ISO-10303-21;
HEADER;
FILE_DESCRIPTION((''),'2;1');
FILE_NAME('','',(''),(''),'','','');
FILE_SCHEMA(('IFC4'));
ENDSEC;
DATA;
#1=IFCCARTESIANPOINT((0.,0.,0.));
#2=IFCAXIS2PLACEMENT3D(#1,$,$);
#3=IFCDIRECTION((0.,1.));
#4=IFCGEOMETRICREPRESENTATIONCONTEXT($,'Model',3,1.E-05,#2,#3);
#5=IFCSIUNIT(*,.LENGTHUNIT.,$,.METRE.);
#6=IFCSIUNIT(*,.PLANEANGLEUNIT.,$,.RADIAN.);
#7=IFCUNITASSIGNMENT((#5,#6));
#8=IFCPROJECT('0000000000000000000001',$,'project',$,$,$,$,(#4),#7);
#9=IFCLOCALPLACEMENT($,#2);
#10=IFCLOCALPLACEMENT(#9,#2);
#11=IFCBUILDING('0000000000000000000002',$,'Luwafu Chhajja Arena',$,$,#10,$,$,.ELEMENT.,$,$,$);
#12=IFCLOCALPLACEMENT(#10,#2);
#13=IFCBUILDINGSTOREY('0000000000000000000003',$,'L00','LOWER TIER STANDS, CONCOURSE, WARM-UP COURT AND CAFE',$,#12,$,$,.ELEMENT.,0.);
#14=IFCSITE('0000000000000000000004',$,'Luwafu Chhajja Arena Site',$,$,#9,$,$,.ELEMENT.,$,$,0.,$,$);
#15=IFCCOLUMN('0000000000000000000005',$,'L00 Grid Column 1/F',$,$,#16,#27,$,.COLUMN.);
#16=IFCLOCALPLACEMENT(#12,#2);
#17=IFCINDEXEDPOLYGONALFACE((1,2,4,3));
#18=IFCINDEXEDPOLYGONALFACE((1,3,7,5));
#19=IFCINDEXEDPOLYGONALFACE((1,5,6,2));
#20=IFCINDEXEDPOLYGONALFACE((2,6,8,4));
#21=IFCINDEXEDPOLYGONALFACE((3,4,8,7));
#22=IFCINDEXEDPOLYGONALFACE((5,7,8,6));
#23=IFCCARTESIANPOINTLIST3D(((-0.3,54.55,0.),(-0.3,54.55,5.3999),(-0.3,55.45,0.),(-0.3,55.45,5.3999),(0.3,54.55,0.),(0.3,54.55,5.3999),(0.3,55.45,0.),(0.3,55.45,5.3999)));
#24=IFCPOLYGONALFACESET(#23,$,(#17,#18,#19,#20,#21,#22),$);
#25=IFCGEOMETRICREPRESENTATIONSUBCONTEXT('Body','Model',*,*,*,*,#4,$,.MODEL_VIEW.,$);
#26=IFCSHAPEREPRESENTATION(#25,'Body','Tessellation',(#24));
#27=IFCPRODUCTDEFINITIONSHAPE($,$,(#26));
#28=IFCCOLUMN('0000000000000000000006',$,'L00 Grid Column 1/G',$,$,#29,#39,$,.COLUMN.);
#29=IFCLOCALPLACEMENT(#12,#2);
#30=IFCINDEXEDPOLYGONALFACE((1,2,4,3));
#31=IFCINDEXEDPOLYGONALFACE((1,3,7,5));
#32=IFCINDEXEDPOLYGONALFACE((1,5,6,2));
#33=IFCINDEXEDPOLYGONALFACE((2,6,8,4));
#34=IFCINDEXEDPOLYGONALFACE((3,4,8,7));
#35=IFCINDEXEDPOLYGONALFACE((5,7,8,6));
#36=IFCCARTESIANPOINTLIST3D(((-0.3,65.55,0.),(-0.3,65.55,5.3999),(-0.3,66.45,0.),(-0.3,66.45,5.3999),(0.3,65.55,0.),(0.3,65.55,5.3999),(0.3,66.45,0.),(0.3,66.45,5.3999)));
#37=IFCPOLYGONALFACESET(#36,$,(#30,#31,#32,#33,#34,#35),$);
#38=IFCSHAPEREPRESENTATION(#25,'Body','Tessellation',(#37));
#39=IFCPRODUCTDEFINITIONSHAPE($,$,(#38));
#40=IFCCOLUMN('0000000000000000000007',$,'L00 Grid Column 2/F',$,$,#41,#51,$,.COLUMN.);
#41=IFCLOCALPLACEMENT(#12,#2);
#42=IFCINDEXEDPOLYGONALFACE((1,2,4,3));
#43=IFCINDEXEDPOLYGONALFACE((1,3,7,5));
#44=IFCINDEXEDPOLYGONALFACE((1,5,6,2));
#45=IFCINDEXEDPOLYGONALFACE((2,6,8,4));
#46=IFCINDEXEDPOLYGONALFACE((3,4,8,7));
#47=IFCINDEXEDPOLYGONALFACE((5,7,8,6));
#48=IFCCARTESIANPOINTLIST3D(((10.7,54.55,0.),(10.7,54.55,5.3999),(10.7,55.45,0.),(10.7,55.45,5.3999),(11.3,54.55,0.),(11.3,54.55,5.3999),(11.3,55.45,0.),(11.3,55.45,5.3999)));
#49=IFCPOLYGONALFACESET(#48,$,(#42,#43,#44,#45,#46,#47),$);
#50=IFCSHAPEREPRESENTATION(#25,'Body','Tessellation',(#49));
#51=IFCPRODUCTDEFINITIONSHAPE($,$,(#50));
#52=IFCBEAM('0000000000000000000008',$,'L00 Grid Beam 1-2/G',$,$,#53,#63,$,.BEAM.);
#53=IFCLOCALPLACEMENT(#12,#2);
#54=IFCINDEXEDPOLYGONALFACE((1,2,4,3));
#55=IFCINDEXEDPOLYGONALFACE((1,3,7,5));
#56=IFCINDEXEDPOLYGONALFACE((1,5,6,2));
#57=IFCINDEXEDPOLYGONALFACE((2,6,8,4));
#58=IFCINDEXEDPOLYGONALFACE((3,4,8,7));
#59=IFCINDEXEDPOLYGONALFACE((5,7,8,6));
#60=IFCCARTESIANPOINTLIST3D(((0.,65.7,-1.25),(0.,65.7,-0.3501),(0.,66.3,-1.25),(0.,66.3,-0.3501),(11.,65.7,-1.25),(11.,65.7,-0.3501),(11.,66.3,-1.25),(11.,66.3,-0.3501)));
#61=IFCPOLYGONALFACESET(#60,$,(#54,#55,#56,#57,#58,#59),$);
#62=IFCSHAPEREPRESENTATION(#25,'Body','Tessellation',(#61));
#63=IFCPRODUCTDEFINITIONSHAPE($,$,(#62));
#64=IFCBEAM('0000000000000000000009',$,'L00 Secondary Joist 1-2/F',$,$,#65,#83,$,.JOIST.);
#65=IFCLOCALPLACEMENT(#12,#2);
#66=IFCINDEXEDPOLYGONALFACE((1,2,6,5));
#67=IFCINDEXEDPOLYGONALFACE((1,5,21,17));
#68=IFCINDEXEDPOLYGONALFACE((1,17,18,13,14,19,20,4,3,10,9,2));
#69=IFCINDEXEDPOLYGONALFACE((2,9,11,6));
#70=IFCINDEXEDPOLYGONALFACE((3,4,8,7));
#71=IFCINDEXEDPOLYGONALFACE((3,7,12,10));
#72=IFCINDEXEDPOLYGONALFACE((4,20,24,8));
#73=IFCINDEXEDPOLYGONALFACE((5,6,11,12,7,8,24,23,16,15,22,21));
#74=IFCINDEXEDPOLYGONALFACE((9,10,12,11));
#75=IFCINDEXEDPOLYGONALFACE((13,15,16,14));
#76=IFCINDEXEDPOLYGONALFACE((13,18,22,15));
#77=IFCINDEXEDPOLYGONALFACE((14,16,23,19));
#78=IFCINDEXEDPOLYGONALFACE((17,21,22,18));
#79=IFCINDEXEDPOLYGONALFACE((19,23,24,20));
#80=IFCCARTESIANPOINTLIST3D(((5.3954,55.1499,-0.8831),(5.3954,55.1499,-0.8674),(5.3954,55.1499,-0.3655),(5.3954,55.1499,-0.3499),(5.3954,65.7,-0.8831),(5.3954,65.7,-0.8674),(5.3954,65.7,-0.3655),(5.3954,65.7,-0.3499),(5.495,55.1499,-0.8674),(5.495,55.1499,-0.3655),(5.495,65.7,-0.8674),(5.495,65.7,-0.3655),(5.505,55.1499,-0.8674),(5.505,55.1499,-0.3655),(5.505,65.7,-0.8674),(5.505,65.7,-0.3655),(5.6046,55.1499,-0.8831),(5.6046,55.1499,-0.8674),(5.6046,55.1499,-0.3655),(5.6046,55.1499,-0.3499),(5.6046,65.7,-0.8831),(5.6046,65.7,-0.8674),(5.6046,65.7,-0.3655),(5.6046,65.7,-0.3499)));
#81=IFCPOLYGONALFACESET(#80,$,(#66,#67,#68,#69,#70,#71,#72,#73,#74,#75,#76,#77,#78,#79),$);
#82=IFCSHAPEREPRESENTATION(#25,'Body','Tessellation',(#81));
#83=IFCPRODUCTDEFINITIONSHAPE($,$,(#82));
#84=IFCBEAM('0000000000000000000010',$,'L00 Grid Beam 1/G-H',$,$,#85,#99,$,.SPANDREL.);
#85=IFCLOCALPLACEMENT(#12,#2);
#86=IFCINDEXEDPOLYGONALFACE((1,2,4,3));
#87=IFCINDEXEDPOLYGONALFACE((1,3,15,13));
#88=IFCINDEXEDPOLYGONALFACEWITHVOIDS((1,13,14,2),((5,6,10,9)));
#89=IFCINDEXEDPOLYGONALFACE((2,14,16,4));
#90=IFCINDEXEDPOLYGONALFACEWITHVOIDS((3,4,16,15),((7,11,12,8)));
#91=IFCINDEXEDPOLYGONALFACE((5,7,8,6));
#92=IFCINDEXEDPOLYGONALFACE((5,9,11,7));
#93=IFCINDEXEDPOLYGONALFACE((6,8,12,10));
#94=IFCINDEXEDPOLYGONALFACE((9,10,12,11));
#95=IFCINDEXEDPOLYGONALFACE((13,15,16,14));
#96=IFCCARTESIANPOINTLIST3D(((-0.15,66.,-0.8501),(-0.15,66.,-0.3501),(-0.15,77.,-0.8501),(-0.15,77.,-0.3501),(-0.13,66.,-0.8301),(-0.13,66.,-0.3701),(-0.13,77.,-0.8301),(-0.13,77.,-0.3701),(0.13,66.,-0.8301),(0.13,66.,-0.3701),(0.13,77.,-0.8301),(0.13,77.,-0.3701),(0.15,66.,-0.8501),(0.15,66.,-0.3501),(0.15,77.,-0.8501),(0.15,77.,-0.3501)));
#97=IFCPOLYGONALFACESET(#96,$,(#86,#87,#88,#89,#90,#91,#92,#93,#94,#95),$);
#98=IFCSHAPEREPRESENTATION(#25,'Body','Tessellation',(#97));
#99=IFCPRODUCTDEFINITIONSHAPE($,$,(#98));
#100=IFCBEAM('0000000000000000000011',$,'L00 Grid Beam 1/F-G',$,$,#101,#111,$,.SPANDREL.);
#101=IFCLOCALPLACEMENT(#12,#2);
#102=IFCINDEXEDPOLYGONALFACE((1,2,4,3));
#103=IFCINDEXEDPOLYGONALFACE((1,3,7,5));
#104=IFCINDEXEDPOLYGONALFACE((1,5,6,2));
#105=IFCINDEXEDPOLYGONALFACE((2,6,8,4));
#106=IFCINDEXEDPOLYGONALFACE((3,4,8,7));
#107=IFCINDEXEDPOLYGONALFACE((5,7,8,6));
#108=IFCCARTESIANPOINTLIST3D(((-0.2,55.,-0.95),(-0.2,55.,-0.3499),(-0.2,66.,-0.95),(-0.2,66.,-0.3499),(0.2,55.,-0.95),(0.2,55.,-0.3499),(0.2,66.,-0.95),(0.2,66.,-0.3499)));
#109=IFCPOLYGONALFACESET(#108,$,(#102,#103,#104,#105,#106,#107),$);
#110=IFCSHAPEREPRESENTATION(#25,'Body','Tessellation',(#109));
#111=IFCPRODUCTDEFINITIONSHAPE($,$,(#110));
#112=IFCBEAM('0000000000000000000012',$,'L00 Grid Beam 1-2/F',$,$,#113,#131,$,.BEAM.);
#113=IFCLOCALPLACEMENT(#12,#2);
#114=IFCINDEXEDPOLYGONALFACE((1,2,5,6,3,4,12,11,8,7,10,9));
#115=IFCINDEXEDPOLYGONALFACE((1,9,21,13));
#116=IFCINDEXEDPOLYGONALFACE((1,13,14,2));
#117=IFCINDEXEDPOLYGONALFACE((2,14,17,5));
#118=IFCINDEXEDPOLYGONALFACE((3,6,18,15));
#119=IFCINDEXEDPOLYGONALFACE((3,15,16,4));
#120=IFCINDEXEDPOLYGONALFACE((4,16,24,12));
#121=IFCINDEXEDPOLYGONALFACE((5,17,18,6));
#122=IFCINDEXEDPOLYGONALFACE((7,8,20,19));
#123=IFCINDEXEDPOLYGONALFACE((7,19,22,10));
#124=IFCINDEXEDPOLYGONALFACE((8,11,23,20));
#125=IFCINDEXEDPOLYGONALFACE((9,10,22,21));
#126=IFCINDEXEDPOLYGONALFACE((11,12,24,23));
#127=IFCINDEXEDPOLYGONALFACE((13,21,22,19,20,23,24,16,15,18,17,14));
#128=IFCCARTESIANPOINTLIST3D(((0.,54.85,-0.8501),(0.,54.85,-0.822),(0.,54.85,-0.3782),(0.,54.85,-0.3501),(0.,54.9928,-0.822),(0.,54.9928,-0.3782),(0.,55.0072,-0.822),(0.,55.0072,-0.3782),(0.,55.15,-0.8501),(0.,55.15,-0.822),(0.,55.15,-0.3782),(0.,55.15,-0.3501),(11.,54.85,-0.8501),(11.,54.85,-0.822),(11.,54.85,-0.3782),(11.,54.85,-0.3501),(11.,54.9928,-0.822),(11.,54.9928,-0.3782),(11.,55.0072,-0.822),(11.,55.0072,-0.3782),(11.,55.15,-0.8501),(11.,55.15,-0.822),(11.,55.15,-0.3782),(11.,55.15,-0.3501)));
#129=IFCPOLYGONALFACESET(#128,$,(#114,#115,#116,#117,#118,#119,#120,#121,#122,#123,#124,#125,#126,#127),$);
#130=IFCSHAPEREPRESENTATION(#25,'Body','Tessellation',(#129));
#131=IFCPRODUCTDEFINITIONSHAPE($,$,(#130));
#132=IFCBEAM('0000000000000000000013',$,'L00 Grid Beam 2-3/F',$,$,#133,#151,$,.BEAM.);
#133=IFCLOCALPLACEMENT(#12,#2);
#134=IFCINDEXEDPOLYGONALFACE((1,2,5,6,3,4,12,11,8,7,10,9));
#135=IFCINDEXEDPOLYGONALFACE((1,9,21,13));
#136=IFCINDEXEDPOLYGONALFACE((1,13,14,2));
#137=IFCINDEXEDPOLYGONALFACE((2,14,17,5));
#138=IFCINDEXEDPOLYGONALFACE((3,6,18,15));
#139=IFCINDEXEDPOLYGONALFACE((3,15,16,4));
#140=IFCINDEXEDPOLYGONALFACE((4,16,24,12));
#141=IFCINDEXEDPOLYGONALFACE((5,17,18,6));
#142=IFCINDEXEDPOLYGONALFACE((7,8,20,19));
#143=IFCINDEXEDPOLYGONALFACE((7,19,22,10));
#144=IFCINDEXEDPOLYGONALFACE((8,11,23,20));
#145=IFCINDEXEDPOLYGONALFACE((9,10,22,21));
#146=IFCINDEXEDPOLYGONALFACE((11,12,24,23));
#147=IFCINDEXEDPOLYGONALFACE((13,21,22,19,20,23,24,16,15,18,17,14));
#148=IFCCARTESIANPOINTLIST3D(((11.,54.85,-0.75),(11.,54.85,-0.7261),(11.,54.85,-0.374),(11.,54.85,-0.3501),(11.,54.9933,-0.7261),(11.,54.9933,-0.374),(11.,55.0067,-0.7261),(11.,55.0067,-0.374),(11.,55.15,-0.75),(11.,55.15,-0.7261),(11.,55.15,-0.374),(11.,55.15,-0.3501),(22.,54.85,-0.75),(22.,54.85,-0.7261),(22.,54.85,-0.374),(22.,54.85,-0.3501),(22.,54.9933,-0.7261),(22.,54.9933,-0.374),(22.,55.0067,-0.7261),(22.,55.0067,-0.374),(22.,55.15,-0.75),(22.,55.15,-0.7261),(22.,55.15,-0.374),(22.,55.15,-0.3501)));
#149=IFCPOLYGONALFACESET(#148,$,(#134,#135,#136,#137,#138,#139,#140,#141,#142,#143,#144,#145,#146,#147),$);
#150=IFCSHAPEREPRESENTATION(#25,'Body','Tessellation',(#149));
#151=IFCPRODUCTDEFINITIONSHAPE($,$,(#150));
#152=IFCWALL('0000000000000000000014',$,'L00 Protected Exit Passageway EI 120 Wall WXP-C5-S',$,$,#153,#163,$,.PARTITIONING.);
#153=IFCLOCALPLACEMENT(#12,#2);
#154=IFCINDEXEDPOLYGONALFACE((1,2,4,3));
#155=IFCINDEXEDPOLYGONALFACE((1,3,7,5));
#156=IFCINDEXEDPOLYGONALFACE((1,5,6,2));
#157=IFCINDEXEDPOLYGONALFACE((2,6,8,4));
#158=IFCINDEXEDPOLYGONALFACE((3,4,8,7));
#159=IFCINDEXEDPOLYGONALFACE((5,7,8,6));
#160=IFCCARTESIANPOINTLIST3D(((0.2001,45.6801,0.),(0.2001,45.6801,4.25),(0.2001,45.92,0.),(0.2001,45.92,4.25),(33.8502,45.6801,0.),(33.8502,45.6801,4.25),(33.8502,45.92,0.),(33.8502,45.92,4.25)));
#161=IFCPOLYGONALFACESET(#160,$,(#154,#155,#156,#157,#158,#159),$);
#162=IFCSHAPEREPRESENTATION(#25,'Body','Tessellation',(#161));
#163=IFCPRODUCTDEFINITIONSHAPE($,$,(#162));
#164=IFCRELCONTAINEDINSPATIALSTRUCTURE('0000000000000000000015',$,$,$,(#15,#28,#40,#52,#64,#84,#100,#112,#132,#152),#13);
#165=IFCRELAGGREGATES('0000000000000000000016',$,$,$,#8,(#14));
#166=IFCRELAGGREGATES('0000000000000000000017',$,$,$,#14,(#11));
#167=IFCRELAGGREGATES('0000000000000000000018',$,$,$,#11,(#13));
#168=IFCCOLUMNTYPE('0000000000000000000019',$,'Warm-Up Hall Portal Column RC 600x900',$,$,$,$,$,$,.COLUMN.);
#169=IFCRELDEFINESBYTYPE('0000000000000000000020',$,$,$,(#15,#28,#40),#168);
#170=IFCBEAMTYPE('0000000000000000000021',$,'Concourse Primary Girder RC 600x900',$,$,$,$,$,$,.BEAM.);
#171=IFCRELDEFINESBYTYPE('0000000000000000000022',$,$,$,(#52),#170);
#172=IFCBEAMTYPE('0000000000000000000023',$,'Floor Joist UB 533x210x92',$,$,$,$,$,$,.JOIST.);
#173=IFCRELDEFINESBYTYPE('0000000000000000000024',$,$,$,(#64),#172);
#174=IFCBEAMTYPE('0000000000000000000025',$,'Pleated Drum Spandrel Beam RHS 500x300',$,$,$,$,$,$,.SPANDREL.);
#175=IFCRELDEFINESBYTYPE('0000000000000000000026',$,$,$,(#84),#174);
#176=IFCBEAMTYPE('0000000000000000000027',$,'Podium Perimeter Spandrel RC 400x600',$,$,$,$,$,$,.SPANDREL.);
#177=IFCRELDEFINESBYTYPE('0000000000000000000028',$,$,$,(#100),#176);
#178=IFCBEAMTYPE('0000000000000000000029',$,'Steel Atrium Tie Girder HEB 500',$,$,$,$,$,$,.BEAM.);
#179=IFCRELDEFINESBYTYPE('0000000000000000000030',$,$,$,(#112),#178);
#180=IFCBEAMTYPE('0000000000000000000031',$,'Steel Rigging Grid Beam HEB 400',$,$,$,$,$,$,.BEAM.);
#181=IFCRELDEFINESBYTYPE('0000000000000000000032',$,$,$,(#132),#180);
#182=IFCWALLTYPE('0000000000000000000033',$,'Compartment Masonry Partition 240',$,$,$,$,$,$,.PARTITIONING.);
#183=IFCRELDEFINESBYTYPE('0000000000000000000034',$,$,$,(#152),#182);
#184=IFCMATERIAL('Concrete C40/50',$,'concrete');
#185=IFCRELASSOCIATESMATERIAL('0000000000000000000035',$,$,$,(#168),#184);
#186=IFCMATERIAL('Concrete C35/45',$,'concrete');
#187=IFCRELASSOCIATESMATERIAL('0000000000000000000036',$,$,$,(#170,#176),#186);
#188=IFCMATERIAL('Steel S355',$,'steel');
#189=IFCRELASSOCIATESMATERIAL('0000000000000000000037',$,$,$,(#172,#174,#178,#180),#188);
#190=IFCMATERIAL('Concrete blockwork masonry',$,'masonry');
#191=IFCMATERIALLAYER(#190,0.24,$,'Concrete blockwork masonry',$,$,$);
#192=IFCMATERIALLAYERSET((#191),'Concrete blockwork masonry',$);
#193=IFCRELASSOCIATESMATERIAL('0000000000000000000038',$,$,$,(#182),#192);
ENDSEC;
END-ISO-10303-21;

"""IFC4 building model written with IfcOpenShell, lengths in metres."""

from ifc_helpers import new_model, si_unit, direction, frame, frame_2d, origin, origin_2d, place, context, subcontext, project, spatial, rectangle, hollow_rectangle, i_section, extrude, material, layer, layer_set, material_profile, profile_set, type_object, element, save


model = new_model("IFC4")

# Units and contexts
model_context = context("Model", 3, precision=1e-05, world=origin(), true_north=direction((0.0, 1.0)))
body_context = subcontext(model_context, "Body", "Model", "MODEL_VIEW")
ifc_project = project(units=[si_unit("LENGTHUNIT", "METRE"), si_unit("PLANEANGLEUNIT", "RADIAN")], contexts=[model_context])

# Site, building, storey
site_placement = place(None, origin())
site = spatial("IfcSite", under=ifc_project, at=site_placement, Name="Luwafu Chhajja Arena Site", CompositionType="ELEMENT", RefElevation=0.0)
building_placement = place(site_placement, origin())
building = spatial("IfcBuilding", under=site, at=building_placement, Name="Luwafu Chhajja Arena", CompositionType="ELEMENT")
storey_placement = place(building_placement, origin())
storey = spatial("IfcBuildingStorey", under=building, at=storey_placement, Name="L00", Description="LOWER TIER STANDS, CONCOURSE, WARM-UP COURT AND CAFE", CompositionType="ELEMENT", Elevation=0.0)

# Columns
ifc_material_1 = material(Name="Concrete C40/50", Category="concrete")
ifc_material_profile_1 = material_profile(ifc_material_1, rectangle(XDim=0.6001, YDim=0.8999, at=origin_2d()), Name="RC 600x900")
ifc_profile_set_1 = profile_set([ifc_material_profile_1], Name="Concrete C40/50")
column_type = type_object("IfcColumnType", Name="Warm-Up Hall Portal Column RC 600x900", PredefinedType="COLUMN", material=ifc_profile_set_1)
for number, where, z_axis, x_axis, name in (
    (1, (0.0, 55.0, 0.0), (0.0, 0.0, 1.0), (1.0, 0.0, 0.0), "L00 Grid Column 1/F"),
    (2, (0.0, 66.0, 0.0), (0.0, 0.0, 1.0), (1.0, 0.0, 0.0), "L00 Grid Column 1/G"),
    (3, (11.0, 55.0, 0.0), (0.0, 0.0, 1.0), (1.0, 0.0, 0.0), "L00 Grid Column 2/F"),
):
    element("IfcColumn", number, at=place(storey_placement, frame(where, z_axis=z_axis, x_axis=x_axis)), inside=storey, type_object=column_type, Name=name, PredefinedType="COLUMN", context=body_context, shape_type="SweptSolid", body=[
        extrude(rectangle(XDim=0.6001, YDim=0.8999, at=origin_2d()), origin(), (0.0, 0.0, 1.0), 5.3999),
    ])

# Beams
ifc_material_2 = material(Name="Concrete C35/45", Category="concrete")
ifc_material_profile_2 = material_profile(ifc_material_2, rectangle(XDim=0.6001, YDim=0.8999, at=origin_2d()), Name="RC 600x900")
ifc_profile_set_2 = profile_set([ifc_material_profile_2], Name="Concrete C35/45")
beam_type_1 = type_object("IfcBeamType", Name="Concourse Primary Girder RC 600x900", PredefinedType="BEAM", material=ifc_profile_set_2)
beam_1_placement = place(storey_placement, frame((0.0, 66.0, -0.8), z_axis=(1.0, 0.0, 0.0), x_axis=(0.0, 1.0, 0.0)))
element("IfcBeam", 4, at=beam_1_placement, inside=storey, type_object=beam_type_1, Name="L00 Grid Beam 1-2/G", PredefinedType="BEAM", context=body_context, shape_type="SweptSolid", body=[
    extrude(rectangle(XDim=0.6001, YDim=0.8999, at=origin_2d()), origin(), (0.0, 0.0, 1.0), 11.0),
])
ifc_material_3 = material(Name="Steel S355", Category="steel")
ifc_material_profile_3 = material_profile(ifc_material_3, i_section(OverallWidth=0.2092, OverallDepth=0.5332, WebThickness=0.01, FlangeThickness=0.0156, at=origin_2d()), Name="UB 533x210x92")
ifc_profile_set_3 = profile_set([ifc_material_profile_3], Name="Steel S355")
beam_type_2 = type_object("IfcBeamType", Name="Floor Joist UB 533x210x92", PredefinedType="JOIST", material=ifc_profile_set_3)
beam_2_placement = place(storey_placement, frame((5.5, 55.1499, -0.6165), z_axis=(0.0, 1.0, 0.0), x_axis=(-1.0, 0.0, 0.0)))
element("IfcBeam", 5, at=beam_2_placement, inside=storey, type_object=beam_type_2, Name="L00 Secondary Joist 1-2/F", PredefinedType="JOIST", context=body_context, shape_type="SweptSolid", body=[
    extrude(i_section(OverallWidth=0.2092, OverallDepth=0.5332, WebThickness=0.01, FlangeThickness=0.0156, at=origin_2d()), origin(), (0.0, 0.0, 1.0), 10.55),
])
ifc_material_profile_4 = material_profile(ifc_material_3, hollow_rectangle(XDim=0.3, YDim=0.5, WallThickness=0.02, at=origin_2d()), Name="RHS 500x300x20")
ifc_profile_set_4 = profile_set([ifc_material_profile_4], Name="Steel S355")
beam_type_3 = type_object("IfcBeamType", Name="Pleated Drum Spandrel Beam RHS 500x300", PredefinedType="SPANDREL", material=ifc_profile_set_4)
beam_3_placement = place(storey_placement, frame((0.0, 66.0, -0.6001), z_axis=(0.0, 1.0, 0.0), x_axis=(-1.0, 0.0, 0.0)))
element("IfcBeam", 6, at=beam_3_placement, inside=storey, type_object=beam_type_3, Name="L00 Grid Beam 1/G-H", PredefinedType="SPANDREL", context=body_context, shape_type="SweptSolid", body=[
    extrude(hollow_rectangle(XDim=0.3, YDim=0.5, WallThickness=0.02, at=origin_2d()), origin(), (0.0, 0.0, 1.0), 11.0),
])
ifc_material_profile_5 = material_profile(ifc_material_2, rectangle(XDim=0.3999, YDim=0.6001, at=origin_2d()), Name="RC 400x600")
ifc_profile_set_5 = profile_set([ifc_material_profile_5], Name="Concrete C35/45")
beam_type_4 = type_object("IfcBeamType", Name="Podium Perimeter Spandrel RC 400x600", PredefinedType="SPANDREL", material=ifc_profile_set_5)
beam_4_placement = place(storey_placement, frame((0.0, 55.0, -0.6499), z_axis=(0.0, 1.0, 0.0), x_axis=(-1.0, 0.0, 0.0)))
element("IfcBeam", 7, at=beam_4_placement, inside=storey, type_object=beam_type_4, Name="L00 Grid Beam 1/F-G", PredefinedType="SPANDREL", context=body_context, shape_type="SweptSolid", body=[
    extrude(rectangle(XDim=0.3999, YDim=0.6001, at=origin_2d()), origin(), (0.0, 0.0, 1.0), 11.0),
])
ifc_material_profile_6 = material_profile(ifc_material_3, i_section(OverallWidth=0.3, OverallDepth=0.5, WebThickness=0.0144, FlangeThickness=0.0281, at=origin_2d()), Name="HEB 500")
ifc_profile_set_6 = profile_set([ifc_material_profile_6], Name="Steel S355")
beam_type_5 = type_object("IfcBeamType", Name="Steel Atrium Tie Girder HEB 500", PredefinedType="BEAM", material=ifc_profile_set_6)
beam_5_placement = place(storey_placement, frame((0.0, 55.0, -0.6001), z_axis=(1.0, 0.0, 0.0), x_axis=(0.0, 1.0, 0.0)))
element("IfcBeam", 8, at=beam_5_placement, inside=storey, type_object=beam_type_5, Name="L00 Grid Beam 1-2/F", PredefinedType="BEAM", context=body_context, shape_type="SweptSolid", body=[
    extrude(i_section(OverallWidth=0.3, OverallDepth=0.5, WebThickness=0.0144, FlangeThickness=0.0281, at=origin_2d()), origin(), (0.0, 0.0, 1.0), 11.0),
])
ifc_material_profile_7 = material_profile(ifc_material_3, i_section(OverallWidth=0.3, OverallDepth=0.3999, WebThickness=0.0134, FlangeThickness=0.0239, at=origin_2d()), Name="HEB 400")
ifc_profile_set_7 = profile_set([ifc_material_profile_7], Name="Steel S355")
beam_type_6 = type_object("IfcBeamType", Name="Steel Rigging Grid Beam HEB 400", PredefinedType="BEAM", material=ifc_profile_set_7)
beam_6_placement = place(storey_placement, frame((11.0, 55.0, -0.55), z_axis=(1.0, 0.0, 0.0), x_axis=(0.0, 1.0, 0.0)))
element("IfcBeam", 9, at=beam_6_placement, inside=storey, type_object=beam_type_6, Name="L00 Grid Beam 2-3/F", PredefinedType="BEAM", context=body_context, shape_type="SweptSolid", body=[
    extrude(i_section(OverallWidth=0.3, OverallDepth=0.3999, WebThickness=0.0134, FlangeThickness=0.0239, at=origin_2d()), origin(), (0.0, 0.0, 1.0), 11.0),
])

# Wall
ifc_material_4 = material(Name="Concrete blockwork masonry", Category="masonry")
ifc_layer_1 = layer(ifc_material_4, 0.24, Name="Concrete blockwork masonry")
ifc_layer_set_1 = layer_set([ifc_layer_1], Name="Concrete blockwork masonry")
wall_type_1 = type_object("IfcWallType", Name="Compartment Masonry Partition 240", PredefinedType="PARTITIONING", material=ifc_layer_set_1)
wall_1_placement = place(storey_placement, frame((0.2, 45.8, 0.0), z_axis=(0.0, 0.0, 1.0), x_axis=(1.0, 0.0, 0.0)))
element("IfcWall", 10, at=wall_1_placement, inside=storey, type_object=wall_type_1, Name="L00 Protected Exit Passageway EI 120 Wall WXP-C5-S", PredefinedType="PARTITIONING", context=body_context, shape_type="SweptSolid", body=[
    extrude(rectangle(XDim=33.6501, YDim=0.24, at=frame_2d((16.8252, 0.0))), origin(), (0.0, 0.0, 1.0), 4.25),
])

save(model, "model.ifc")
